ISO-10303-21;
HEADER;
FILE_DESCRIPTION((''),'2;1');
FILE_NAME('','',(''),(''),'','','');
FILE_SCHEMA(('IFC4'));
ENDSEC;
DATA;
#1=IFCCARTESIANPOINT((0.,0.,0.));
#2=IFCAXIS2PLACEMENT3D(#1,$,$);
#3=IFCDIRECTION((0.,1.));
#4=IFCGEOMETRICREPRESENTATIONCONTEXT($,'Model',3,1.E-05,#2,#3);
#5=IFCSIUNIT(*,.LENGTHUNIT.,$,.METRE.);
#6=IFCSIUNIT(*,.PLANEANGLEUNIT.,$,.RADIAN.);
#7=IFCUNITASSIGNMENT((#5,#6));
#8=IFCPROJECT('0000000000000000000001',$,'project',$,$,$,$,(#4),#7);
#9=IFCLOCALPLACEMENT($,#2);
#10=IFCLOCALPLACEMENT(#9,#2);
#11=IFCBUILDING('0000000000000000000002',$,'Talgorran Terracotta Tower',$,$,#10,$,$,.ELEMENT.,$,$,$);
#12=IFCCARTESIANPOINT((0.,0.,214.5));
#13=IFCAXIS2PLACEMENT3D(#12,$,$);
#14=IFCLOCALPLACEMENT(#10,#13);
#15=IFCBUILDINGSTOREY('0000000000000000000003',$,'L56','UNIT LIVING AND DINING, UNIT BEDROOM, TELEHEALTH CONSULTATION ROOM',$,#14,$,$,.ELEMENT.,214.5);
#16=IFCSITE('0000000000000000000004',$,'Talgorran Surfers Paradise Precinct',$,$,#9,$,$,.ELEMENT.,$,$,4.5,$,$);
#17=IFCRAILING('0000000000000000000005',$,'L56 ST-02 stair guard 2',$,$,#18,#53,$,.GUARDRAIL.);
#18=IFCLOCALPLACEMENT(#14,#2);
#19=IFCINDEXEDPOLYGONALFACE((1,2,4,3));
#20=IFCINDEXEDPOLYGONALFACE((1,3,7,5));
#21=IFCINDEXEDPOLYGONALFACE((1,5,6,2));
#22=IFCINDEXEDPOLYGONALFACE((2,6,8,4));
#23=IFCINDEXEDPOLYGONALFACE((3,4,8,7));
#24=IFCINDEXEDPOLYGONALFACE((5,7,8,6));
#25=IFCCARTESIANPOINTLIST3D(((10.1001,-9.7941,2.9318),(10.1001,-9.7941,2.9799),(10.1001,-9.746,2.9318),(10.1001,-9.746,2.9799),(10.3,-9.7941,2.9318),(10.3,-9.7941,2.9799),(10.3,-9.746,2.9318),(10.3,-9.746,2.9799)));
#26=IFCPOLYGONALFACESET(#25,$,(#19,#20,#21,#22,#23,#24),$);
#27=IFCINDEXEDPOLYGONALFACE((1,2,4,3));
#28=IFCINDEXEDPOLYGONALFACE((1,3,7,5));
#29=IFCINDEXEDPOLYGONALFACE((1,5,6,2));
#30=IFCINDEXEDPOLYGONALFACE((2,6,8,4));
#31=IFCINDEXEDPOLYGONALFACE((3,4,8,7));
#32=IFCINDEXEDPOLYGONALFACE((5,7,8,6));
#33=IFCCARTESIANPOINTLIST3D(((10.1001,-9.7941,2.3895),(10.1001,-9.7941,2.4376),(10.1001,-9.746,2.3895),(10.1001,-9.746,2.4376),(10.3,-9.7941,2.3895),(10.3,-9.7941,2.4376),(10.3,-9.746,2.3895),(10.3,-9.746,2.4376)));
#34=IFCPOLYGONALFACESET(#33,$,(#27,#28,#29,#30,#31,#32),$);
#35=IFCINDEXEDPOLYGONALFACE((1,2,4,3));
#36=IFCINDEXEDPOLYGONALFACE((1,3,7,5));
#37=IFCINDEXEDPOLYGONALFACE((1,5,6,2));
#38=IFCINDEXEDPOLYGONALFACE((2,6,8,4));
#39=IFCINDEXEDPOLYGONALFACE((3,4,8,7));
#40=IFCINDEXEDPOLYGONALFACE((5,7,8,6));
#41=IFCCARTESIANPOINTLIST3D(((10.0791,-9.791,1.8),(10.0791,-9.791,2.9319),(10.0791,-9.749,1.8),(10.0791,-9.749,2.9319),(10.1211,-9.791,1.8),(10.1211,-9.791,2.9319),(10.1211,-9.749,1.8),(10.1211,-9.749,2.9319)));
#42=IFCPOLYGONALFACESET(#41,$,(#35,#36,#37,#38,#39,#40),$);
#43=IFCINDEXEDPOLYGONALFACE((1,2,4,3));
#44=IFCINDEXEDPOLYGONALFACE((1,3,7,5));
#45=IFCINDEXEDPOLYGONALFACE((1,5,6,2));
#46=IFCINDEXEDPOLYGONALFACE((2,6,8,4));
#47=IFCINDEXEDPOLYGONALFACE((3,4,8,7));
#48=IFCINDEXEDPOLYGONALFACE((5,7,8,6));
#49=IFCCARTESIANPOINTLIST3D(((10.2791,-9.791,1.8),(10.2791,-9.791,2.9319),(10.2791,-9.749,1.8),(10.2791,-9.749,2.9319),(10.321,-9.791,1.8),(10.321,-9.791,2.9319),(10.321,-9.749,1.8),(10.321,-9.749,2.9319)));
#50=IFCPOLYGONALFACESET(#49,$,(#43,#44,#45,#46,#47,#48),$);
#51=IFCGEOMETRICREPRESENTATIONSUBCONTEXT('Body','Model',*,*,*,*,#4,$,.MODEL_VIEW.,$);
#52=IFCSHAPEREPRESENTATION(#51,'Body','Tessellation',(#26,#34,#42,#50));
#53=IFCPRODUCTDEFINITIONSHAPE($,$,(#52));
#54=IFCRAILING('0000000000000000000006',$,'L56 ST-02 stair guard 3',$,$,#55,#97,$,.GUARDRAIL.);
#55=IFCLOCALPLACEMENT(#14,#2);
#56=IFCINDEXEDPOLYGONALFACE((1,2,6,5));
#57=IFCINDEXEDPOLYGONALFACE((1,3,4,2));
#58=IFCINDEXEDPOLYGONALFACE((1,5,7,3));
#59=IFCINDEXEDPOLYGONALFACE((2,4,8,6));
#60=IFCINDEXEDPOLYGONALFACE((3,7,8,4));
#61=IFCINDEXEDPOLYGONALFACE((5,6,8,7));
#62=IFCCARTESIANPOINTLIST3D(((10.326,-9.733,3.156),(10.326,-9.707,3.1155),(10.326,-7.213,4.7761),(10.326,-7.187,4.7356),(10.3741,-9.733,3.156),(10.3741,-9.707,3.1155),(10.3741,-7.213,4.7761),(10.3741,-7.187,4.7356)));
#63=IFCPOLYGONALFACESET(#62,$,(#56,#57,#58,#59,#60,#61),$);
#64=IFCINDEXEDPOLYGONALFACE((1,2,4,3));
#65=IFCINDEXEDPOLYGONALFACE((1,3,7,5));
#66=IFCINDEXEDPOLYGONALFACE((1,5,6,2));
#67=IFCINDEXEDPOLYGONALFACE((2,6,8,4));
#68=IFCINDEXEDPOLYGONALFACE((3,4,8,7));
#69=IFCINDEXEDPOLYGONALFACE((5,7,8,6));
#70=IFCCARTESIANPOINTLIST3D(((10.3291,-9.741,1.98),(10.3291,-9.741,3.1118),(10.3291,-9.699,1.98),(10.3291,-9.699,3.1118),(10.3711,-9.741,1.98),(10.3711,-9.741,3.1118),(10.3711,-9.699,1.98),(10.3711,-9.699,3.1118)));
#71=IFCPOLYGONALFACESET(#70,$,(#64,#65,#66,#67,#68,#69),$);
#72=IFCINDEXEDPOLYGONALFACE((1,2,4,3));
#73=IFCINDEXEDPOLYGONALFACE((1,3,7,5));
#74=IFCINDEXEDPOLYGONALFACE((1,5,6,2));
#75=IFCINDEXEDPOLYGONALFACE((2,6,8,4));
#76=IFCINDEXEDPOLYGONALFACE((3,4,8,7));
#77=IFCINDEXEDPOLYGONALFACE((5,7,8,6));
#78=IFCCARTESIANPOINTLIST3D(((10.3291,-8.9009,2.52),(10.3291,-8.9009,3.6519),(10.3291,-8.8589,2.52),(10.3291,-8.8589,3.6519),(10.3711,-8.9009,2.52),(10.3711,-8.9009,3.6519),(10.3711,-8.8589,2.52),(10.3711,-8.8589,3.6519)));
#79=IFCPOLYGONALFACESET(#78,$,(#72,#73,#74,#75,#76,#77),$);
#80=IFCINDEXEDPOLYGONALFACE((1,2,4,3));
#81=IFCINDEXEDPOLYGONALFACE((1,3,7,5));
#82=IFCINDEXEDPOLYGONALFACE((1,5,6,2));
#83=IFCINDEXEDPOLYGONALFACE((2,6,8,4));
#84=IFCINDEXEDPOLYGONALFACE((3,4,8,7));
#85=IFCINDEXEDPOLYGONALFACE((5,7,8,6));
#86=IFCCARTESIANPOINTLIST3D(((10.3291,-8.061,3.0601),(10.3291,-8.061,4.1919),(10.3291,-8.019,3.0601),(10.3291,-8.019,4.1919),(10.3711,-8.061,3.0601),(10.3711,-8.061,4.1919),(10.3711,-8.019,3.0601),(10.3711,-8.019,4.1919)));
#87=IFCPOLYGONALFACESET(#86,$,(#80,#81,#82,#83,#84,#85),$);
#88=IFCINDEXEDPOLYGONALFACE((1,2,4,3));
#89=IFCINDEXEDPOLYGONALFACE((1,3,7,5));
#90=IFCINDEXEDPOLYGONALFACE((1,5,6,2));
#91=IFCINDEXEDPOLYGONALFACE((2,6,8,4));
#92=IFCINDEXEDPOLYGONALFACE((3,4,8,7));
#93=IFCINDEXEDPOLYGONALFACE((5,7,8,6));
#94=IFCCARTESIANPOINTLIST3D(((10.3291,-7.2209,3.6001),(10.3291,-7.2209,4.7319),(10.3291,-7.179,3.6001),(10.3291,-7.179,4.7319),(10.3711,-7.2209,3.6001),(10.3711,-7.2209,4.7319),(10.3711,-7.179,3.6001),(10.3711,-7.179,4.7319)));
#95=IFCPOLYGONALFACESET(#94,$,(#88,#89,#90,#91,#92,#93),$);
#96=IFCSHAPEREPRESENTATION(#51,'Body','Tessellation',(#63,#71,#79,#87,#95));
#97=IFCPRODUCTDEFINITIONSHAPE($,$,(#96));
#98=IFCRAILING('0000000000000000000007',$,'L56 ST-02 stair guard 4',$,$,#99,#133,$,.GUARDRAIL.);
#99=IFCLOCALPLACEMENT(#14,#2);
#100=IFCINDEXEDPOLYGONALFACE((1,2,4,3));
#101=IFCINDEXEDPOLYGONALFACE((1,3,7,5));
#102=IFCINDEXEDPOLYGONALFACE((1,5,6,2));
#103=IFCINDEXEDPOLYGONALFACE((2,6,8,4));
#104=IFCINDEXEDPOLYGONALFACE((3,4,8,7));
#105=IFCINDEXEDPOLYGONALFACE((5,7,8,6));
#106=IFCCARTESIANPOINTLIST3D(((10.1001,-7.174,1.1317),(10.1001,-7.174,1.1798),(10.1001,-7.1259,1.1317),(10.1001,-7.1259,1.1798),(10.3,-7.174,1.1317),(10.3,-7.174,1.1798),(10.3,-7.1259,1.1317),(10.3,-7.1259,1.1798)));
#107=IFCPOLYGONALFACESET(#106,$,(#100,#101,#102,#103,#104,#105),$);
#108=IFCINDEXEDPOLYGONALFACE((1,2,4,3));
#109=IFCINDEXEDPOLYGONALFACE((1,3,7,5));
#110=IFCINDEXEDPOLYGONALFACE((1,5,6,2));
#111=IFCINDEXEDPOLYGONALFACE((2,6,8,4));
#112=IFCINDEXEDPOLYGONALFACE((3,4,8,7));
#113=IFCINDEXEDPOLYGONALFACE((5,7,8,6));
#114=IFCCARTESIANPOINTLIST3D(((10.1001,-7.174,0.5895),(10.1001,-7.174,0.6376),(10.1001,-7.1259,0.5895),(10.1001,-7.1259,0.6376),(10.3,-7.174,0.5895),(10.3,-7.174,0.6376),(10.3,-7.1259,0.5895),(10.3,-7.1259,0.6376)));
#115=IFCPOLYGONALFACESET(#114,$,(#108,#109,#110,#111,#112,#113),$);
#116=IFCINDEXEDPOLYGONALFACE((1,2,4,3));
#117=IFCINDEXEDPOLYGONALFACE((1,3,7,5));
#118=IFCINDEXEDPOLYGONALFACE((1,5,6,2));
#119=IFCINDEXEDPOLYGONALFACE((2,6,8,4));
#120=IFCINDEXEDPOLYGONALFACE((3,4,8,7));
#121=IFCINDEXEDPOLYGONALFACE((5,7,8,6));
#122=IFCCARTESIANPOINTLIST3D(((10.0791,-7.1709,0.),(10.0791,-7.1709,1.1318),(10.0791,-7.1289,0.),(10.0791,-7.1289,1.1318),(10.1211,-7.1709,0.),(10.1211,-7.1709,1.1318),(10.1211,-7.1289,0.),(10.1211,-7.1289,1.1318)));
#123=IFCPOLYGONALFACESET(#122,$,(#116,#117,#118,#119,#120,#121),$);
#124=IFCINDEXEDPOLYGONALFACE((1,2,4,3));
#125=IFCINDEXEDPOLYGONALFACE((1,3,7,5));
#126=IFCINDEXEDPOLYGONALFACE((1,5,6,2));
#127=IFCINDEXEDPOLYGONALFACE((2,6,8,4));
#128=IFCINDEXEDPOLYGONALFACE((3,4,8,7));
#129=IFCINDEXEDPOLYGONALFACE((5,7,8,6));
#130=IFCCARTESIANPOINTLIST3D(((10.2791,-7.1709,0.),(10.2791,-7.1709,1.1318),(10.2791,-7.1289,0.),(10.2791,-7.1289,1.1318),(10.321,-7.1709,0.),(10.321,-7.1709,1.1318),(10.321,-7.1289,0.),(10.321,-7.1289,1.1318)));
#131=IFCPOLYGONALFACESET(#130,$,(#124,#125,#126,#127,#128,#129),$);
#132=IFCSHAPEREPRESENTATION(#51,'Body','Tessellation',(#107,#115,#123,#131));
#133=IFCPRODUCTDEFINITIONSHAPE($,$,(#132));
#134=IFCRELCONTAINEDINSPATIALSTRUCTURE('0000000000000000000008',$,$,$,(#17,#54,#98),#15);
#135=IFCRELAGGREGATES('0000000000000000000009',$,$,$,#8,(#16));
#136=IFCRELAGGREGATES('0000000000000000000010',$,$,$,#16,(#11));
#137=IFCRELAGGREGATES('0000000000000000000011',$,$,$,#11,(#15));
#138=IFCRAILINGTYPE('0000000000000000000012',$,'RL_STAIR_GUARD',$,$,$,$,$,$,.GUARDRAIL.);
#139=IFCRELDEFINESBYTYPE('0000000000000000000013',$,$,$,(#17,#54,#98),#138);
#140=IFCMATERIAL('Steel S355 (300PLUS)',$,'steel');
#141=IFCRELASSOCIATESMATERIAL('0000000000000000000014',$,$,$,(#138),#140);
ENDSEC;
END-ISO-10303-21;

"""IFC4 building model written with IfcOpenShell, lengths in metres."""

from ifc_helpers import new_model, si_unit, direction, frame, origin, origin_2d, place, context, subcontext, project, spatial, rectangle, extrude, material, type_object, element, save


model = new_model("IFC4")

# Units and contexts
model_context = context("Model", 3, precision=1e-05, world=origin(), true_north=direction((0.0, 1.0)))
body_context = subcontext(model_context, "Body", "Model", "MODEL_VIEW")
ifc_project = project(units=[si_unit("LENGTHUNIT", "METRE"), si_unit("PLANEANGLEUNIT", "RADIAN")], contexts=[model_context])

# Site, building, storey
site_placement = place(None, origin())
site = spatial("IfcSite", under=ifc_project, at=site_placement, Name="Talgorran Surfers Paradise Precinct", CompositionType="ELEMENT", RefElevation=4.5)
building_placement = place(site_placement, origin())
building = spatial("IfcBuilding", under=site, at=building_placement, Name="Talgorran Terracotta Tower", CompositionType="ELEMENT")
storey_placement = place(building_placement, frame((0.0, 0.0, 214.5)))
storey = spatial("IfcBuildingStorey", under=building, at=storey_placement, Name="L56", Description="UNIT LIVING AND DINING, UNIT BEDROOM, TELEHEALTH CONSULTATION ROOM", CompositionType="ELEMENT", Elevation=214.5)

# Shared definitions
ifc_material_1 = material(Name="Steel S355 (300PLUS)", Category="steel")

# Railings
railing_type_1 = type_object("IfcRailingType", Name="RL_STAIR_GUARD", PredefinedType="GUARDRAIL", material=ifc_material_1)
railing_1_placement = place(storey_placement, frame((10.1001, -9.77, 1.8)))
element("IfcRailing", 1, at=railing_1_placement, inside=storey, type_object=railing_type_1, Name="L56 ST-02 stair guard 2", PredefinedType="GUARDRAIL", context=body_context, shape_type="SweptSolid", body=[
    extrude(rectangle(XDim=0.0481, YDim=0.0481, at=origin_2d()), frame((0.0, 0.0, 1.1558), z_axis=(1.0, 0.0, 0.0), x_axis=(0.0, 1.0, 0.0)), (0.0, 0.0, 1.0), 0.2),
    extrude(rectangle(XDim=0.0481, YDim=0.0481, at=origin_2d()), frame((0.0, 0.0, 0.6135), z_axis=(1.0, 0.0, 0.0), x_axis=(0.0, 1.0, 0.0)), (0.0, 0.0, 1.0), 0.2),
    extrude(rectangle(XDim=0.042, YDim=0.042, at=origin_2d()), origin(), (0.0, 0.0, 1.0), 1.1318),
    extrude(rectangle(XDim=0.042, YDim=0.042, at=origin_2d()), frame((0.2, 0.0, 0.0)), (0.0, 0.0, 1.0), 1.1318),
])
railing_2_placement = place(storey_placement, frame((10.3501, -9.72, 1.98)))
element("IfcRailing", 2, at=railing_2_placement, inside=storey, type_object=railing_type_1, Name="L56 ST-02 stair guard 3", PredefinedType="GUARDRAIL", context=body_context, shape_type="SweptSolid", body=[
    extrude(rectangle(XDim=0.0481, YDim=0.0481, at=origin_2d()), frame((0.0, 0.0, 1.1558), z_axis=(0.0, 0.841163, 0.540782), x_axis=(-1.0, 0.0, 0.0)), (0.0, 0.0, 1.0), 2.9958),
    extrude(rectangle(XDim=0.042, YDim=0.042, at=origin_2d()), origin(), (0.0, 0.0, 1.0), 1.1318),
    extrude(rectangle(XDim=0.042, YDim=0.042, at=origin_2d()), frame((0.0, 0.8401, 0.54)), (0.0, 0.0, 1.0), 1.1318),
    extrude(rectangle(XDim=0.042, YDim=0.042, at=origin_2d()), frame((0.0, 1.6799, 1.0801)), (0.0, 0.0, 1.0), 1.1318),
    extrude(rectangle(XDim=0.042, YDim=0.042, at=origin_2d()), frame((0.0, 2.52, 1.6201)), (0.0, 0.0, 1.0), 1.1318),
])
railing_3_placement = place(storey_placement, frame((10.1001, -7.1499, 0.0)))
element("IfcRailing", 3, at=railing_3_placement, inside=storey, type_object=railing_type_1, Name="L56 ST-02 stair guard 4", PredefinedType="GUARDRAIL", context=body_context, shape_type="SweptSolid", body=[
    extrude(rectangle(XDim=0.0481, YDim=0.0481, at=origin_2d()), frame((0.0, 0.0, 1.1558), z_axis=(1.0, 0.0, 0.0), x_axis=(0.0, 1.0, 0.0)), (0.0, 0.0, 1.0), 0.2),
    extrude(rectangle(XDim=0.0481, YDim=0.0481, at=origin_2d()), frame((0.0, 0.0, 0.6135), z_axis=(1.0, 0.0, 0.0), x_axis=(0.0, 1.0, 0.0)), (0.0, 0.0, 1.0), 0.2),
    extrude(rectangle(XDim=0.042, YDim=0.042, at=origin_2d()), origin(), (0.0, 0.0, 1.0), 1.1318),
    extrude(rectangle(XDim=0.042, YDim=0.042, at=origin_2d()), frame((0.2, 0.0, 0.0)), (0.0, 0.0, 1.0), 1.1318),
])

save(model, "model.ifc")
